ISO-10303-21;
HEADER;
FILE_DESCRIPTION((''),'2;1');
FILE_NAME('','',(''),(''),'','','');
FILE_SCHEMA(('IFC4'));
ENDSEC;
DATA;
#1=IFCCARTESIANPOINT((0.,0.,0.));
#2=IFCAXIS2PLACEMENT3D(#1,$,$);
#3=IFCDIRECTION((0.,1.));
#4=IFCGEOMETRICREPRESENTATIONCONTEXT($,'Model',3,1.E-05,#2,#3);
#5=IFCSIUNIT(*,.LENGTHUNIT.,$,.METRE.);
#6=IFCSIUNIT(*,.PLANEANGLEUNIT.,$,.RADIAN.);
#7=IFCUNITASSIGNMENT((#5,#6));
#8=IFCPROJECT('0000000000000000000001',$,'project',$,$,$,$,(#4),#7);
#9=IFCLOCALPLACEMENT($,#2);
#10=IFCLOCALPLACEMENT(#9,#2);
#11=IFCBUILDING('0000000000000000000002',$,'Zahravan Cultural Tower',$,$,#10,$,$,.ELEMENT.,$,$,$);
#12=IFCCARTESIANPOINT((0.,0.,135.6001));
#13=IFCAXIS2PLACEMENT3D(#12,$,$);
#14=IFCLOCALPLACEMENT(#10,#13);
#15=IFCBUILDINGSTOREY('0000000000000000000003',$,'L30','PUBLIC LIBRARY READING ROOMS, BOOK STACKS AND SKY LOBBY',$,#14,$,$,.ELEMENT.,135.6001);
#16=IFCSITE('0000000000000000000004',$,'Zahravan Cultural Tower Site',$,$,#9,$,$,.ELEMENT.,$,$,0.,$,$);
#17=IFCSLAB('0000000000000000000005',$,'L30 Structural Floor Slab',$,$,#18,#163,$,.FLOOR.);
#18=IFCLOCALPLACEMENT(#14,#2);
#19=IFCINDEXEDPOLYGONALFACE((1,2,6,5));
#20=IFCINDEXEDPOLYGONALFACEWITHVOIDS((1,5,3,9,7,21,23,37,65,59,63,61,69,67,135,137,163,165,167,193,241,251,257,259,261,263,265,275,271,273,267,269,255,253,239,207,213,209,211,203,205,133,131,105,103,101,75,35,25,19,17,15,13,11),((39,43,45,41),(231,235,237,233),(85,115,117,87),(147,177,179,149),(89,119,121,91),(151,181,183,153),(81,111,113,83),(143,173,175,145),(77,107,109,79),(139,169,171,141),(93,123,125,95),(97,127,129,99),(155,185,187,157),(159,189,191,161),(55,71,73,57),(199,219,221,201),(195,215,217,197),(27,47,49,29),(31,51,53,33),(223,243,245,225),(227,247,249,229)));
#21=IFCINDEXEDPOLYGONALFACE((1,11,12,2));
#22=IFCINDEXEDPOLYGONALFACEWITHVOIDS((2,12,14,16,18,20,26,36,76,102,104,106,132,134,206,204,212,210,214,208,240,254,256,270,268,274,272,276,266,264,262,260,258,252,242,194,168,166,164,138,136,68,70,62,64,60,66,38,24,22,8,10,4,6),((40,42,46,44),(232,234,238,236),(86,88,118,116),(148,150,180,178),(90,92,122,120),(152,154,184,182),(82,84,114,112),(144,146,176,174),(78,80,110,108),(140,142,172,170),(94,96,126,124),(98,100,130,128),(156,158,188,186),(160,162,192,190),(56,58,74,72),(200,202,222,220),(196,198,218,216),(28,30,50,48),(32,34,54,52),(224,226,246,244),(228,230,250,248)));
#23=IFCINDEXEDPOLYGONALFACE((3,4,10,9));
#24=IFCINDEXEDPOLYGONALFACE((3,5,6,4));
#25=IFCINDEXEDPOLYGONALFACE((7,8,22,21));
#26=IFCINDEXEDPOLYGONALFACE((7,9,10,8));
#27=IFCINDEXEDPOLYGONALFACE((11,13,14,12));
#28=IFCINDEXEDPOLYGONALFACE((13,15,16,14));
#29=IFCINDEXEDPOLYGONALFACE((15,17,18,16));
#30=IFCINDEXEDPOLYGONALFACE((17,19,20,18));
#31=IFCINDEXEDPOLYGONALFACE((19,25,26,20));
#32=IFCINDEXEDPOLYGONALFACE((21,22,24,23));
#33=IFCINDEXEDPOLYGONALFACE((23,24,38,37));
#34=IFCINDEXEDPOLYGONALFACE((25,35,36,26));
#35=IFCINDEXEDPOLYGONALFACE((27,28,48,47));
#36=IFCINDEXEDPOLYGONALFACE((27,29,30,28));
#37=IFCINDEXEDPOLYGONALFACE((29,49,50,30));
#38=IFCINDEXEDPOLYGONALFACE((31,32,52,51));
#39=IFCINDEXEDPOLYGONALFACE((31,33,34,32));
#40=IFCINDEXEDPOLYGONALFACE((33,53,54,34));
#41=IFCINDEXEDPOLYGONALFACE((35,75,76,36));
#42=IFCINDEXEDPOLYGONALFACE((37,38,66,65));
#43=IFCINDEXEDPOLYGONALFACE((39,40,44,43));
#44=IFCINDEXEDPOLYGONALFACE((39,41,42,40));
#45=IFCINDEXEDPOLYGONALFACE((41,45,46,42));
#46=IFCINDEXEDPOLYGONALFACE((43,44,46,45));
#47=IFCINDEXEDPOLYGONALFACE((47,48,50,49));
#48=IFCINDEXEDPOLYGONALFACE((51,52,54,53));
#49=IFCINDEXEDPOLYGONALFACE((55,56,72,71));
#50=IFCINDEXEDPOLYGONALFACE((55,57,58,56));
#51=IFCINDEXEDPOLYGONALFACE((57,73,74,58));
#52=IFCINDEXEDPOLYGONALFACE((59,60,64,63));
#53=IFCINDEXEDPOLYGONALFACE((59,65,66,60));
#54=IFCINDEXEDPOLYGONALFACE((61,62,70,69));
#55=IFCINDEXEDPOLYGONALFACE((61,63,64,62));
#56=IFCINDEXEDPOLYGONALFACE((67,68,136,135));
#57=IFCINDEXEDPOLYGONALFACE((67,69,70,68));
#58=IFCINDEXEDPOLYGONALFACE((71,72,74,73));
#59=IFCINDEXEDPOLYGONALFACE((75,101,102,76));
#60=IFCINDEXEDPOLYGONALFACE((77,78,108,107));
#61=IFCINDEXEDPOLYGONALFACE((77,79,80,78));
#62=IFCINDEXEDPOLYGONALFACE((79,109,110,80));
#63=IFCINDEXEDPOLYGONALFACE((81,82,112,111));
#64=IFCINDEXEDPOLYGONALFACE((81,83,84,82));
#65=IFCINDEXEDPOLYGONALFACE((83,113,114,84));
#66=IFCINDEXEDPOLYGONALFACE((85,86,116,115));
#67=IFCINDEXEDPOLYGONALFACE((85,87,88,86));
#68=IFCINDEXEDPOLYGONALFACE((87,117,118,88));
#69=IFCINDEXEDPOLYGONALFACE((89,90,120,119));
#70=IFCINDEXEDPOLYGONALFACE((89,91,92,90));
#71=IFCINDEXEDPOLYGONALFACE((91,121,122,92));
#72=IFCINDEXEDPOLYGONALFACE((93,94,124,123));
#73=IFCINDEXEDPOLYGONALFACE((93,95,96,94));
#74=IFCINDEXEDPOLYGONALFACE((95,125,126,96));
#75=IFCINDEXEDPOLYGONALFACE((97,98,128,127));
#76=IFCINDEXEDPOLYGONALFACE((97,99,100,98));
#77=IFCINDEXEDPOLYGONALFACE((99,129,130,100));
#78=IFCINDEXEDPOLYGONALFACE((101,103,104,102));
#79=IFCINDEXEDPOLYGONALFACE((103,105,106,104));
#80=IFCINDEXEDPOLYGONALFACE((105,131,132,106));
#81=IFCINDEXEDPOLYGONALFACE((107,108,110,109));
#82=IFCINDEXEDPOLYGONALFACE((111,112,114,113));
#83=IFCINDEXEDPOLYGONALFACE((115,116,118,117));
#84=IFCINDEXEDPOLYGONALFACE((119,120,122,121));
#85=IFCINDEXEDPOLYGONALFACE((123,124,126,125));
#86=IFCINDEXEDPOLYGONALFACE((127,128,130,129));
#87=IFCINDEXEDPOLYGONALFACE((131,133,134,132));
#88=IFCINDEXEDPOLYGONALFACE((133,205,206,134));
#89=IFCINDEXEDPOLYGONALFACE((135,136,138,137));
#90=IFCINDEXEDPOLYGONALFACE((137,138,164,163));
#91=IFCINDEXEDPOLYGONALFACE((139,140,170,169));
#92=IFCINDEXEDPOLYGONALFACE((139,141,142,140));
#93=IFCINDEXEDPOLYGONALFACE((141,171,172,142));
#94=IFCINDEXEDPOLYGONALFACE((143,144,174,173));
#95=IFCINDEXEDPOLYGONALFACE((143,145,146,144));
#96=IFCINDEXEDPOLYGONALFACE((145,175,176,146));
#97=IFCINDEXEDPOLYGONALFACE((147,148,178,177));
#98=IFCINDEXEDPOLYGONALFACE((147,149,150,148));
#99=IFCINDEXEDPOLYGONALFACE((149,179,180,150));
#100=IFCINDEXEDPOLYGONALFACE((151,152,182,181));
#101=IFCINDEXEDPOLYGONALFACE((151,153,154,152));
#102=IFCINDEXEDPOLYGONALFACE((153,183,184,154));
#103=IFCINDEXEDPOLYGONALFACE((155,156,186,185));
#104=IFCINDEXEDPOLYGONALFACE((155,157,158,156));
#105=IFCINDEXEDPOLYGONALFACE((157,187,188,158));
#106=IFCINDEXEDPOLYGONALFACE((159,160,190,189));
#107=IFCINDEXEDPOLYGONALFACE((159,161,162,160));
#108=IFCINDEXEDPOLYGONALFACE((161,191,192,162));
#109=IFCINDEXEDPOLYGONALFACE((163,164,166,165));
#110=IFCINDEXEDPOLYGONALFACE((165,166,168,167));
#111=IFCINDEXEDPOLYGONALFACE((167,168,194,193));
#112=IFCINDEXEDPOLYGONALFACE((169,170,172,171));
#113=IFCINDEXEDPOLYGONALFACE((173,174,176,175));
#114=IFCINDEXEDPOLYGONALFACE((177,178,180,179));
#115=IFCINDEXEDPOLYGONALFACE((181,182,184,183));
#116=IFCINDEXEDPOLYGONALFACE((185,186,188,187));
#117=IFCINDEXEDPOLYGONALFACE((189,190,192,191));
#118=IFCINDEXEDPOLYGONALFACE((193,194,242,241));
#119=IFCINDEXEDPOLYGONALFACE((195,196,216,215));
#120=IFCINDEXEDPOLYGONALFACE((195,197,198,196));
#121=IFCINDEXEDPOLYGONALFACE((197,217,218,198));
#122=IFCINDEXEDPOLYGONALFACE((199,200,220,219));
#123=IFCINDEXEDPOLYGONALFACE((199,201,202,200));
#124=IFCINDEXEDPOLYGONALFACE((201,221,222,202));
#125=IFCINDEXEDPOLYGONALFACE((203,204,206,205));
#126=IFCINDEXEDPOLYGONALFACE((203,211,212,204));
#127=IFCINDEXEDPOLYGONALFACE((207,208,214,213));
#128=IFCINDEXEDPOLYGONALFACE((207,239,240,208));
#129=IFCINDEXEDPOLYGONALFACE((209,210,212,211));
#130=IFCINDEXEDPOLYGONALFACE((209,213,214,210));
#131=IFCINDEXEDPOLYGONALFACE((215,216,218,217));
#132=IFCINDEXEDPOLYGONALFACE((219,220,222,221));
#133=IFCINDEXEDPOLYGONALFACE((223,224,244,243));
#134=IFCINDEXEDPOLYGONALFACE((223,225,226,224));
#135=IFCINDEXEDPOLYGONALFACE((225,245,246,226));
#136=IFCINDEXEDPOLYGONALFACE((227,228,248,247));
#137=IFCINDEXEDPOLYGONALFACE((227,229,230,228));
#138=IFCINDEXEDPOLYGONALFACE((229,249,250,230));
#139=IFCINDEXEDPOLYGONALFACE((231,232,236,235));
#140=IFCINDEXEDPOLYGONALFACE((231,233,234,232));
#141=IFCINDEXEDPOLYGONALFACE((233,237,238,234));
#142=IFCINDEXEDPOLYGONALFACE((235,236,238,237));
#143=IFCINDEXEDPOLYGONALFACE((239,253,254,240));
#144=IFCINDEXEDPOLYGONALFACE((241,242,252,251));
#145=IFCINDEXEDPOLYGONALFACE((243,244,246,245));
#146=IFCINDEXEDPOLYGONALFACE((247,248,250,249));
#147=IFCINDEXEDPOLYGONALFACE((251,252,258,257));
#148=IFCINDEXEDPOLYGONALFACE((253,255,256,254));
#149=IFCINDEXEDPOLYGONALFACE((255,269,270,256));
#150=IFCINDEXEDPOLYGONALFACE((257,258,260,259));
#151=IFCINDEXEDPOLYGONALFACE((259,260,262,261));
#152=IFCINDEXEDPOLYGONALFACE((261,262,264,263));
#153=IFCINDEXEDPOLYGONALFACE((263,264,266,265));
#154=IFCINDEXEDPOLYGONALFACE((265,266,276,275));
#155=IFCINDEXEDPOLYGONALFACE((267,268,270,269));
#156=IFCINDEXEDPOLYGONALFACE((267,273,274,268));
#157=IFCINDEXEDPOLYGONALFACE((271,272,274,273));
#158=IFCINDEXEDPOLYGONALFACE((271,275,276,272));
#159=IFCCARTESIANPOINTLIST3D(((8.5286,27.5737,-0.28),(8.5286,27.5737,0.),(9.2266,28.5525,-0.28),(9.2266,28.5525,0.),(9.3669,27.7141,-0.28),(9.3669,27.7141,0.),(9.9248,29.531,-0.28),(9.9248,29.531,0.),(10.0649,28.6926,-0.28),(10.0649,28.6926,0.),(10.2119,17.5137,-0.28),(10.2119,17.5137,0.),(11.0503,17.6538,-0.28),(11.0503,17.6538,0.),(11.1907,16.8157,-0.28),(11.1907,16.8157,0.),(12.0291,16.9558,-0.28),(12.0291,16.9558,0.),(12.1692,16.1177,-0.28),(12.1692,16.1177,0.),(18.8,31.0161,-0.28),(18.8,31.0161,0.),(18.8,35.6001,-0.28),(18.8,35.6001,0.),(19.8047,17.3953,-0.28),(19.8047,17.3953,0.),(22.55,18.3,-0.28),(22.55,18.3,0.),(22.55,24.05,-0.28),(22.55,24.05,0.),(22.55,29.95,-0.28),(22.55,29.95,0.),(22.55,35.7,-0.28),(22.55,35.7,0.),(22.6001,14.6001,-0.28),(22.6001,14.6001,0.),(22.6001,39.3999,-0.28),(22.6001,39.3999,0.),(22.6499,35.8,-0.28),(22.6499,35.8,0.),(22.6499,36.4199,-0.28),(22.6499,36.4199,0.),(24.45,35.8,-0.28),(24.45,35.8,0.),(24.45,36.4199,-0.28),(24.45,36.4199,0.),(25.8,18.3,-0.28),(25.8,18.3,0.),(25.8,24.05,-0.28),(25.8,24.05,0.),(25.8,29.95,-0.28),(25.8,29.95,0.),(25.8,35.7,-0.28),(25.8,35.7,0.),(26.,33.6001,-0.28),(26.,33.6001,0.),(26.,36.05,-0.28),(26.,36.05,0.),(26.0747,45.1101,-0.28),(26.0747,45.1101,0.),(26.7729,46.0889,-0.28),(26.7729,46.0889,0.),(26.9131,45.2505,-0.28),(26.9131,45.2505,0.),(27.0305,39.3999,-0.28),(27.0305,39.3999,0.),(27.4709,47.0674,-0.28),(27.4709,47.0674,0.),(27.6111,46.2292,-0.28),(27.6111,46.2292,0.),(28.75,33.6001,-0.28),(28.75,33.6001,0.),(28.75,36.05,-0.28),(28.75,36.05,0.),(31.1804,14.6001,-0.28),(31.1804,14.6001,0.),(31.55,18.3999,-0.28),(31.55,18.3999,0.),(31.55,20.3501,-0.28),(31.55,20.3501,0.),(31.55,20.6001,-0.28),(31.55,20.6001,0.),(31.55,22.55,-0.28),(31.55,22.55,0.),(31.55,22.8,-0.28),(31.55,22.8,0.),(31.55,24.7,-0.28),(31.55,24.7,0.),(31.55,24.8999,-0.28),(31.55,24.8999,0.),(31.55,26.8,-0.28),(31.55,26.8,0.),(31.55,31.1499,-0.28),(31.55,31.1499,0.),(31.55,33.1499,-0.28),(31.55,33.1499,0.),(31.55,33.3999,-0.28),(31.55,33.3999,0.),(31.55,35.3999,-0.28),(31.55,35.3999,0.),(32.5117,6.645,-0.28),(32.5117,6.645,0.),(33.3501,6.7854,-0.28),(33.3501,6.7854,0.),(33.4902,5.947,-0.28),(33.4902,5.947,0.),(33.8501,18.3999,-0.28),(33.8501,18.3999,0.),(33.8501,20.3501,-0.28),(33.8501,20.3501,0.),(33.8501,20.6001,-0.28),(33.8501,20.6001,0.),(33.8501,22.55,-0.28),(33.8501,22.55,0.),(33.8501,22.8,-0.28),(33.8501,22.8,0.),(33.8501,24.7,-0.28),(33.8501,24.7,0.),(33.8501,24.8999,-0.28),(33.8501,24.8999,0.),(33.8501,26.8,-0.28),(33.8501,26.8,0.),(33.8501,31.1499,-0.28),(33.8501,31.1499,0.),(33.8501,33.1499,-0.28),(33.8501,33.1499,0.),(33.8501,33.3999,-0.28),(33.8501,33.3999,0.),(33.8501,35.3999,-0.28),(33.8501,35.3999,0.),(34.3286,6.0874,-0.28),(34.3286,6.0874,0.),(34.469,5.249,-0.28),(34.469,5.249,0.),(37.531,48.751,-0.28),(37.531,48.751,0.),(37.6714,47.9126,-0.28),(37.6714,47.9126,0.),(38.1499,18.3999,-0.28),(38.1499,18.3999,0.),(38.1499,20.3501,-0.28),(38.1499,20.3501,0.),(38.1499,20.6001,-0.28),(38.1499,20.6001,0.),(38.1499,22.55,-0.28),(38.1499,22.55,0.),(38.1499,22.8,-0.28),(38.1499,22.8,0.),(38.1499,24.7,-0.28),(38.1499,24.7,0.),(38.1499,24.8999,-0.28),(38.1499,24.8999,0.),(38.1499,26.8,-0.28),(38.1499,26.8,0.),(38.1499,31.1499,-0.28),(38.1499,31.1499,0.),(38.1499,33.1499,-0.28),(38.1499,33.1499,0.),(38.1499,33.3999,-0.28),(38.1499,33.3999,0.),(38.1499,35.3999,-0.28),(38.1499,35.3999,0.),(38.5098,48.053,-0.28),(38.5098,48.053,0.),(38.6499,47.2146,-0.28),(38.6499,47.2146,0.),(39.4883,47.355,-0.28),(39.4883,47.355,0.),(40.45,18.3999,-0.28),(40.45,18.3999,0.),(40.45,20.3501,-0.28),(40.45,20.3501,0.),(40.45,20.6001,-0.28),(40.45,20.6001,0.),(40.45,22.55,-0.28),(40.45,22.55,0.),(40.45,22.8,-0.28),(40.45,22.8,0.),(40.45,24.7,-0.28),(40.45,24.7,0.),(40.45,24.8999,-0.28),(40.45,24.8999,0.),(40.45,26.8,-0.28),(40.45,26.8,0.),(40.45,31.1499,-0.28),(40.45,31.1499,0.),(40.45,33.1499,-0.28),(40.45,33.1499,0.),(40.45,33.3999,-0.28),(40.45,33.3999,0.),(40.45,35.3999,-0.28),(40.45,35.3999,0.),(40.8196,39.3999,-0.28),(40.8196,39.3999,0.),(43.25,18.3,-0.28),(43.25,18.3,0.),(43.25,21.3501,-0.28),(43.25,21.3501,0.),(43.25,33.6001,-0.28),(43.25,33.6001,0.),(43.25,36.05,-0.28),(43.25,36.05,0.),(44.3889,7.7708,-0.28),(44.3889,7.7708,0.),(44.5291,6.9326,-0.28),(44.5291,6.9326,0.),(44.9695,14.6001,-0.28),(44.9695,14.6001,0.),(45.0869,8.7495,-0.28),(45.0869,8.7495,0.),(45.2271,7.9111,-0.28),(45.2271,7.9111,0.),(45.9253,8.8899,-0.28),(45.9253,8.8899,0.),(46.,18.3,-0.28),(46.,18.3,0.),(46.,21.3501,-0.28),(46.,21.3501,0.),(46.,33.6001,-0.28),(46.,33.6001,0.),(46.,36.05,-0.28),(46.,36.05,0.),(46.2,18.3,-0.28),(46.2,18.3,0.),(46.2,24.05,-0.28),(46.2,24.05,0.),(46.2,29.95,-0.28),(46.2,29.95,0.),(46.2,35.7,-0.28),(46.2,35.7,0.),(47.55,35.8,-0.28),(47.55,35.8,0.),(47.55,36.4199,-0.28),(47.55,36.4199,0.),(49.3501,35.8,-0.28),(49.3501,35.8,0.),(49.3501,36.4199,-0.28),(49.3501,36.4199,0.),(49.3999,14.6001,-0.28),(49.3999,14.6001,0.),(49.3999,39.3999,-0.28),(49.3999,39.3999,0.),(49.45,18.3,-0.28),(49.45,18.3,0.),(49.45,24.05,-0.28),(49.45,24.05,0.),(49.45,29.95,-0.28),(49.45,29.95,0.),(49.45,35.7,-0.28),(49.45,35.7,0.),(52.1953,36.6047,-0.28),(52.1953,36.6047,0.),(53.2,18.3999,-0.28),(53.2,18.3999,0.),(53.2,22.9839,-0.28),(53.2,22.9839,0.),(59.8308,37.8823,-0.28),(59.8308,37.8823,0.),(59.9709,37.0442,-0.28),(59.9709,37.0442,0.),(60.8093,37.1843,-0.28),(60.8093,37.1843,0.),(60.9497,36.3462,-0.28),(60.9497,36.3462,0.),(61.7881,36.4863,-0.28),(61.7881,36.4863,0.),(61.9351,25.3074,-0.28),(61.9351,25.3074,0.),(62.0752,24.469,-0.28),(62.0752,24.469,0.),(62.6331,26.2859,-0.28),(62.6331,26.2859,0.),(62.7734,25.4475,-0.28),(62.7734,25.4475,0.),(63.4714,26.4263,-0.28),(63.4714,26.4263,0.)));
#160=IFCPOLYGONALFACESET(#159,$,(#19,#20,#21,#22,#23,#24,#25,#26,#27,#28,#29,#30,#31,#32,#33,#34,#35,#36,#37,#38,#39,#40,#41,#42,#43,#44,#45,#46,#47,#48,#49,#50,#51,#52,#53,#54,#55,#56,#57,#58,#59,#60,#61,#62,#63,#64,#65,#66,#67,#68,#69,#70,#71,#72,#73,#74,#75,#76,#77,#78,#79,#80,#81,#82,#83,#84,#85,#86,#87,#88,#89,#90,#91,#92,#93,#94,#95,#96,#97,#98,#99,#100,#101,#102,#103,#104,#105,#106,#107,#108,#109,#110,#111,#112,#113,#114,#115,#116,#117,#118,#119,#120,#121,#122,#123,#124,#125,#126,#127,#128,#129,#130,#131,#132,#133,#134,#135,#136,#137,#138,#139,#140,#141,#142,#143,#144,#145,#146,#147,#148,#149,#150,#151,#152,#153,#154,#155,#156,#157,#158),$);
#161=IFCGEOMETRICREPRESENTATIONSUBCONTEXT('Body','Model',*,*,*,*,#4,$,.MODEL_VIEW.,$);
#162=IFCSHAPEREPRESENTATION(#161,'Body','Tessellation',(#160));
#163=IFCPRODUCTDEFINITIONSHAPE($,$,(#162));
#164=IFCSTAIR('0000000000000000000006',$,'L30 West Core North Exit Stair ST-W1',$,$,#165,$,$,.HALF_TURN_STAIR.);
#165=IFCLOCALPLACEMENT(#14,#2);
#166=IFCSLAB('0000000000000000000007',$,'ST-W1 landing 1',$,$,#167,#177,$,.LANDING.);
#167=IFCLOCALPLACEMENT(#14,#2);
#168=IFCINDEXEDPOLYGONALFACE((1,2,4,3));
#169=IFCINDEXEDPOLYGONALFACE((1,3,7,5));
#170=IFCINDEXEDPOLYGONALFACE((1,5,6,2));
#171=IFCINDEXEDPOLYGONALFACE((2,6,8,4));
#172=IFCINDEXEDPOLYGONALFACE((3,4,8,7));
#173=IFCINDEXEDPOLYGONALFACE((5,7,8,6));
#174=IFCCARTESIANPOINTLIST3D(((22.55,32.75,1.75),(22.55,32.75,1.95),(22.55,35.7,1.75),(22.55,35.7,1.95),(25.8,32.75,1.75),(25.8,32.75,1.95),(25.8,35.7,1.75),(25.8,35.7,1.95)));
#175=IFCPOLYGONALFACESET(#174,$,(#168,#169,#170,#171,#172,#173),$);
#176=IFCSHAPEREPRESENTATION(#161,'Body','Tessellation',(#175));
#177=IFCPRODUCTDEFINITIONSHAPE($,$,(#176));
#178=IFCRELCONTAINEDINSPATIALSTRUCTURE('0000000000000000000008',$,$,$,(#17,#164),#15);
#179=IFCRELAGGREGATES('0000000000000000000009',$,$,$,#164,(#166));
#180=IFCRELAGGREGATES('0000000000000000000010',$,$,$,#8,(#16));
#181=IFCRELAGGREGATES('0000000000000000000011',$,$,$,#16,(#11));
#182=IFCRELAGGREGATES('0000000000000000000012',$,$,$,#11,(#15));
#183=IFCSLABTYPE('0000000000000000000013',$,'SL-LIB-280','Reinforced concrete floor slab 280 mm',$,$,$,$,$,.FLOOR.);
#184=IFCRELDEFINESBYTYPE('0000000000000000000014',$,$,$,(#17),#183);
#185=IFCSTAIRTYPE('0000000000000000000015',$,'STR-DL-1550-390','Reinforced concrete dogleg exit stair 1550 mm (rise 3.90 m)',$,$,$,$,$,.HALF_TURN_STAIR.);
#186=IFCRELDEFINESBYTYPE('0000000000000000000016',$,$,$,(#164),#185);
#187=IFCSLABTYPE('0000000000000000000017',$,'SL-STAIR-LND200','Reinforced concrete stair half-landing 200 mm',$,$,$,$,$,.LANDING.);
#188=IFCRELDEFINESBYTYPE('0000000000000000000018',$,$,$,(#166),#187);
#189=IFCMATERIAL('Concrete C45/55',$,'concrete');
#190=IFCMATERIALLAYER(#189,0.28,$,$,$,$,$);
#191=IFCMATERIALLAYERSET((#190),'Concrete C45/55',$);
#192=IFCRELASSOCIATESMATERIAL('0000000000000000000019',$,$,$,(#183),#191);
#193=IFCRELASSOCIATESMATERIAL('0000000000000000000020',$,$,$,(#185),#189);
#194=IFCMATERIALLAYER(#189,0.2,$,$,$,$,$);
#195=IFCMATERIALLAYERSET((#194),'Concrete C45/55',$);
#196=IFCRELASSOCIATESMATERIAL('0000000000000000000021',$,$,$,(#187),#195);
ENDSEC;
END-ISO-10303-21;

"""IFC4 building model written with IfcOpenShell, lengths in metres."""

from ifc_helpers import new_model, si_unit, direction, frame, origin, place, context, subcontext, project, spatial, polyline, outline, extrude, material, layer, layer_set, type_object, element, aggregate, save


model = new_model("IFC4")

# Units and contexts
model_context = context("Model", 3, precision=1e-05, world=origin(), true_north=direction((0.0, 1.0)))
body_context = subcontext(model_context, "Body", "Model", "MODEL_VIEW")
ifc_project = project(units=[si_unit("LENGTHUNIT", "METRE"), si_unit("PLANEANGLEUNIT", "RADIAN")], contexts=[model_context])

# Site, building, storey
site_placement = place(None, origin())
site = spatial("IfcSite", under=ifc_project, at=site_placement, Name="Zahravan Cultural Tower Site", CompositionType="ELEMENT", RefElevation=0.0)
building_placement = place(site_placement, origin())
building = spatial("IfcBuilding", under=site, at=building_placement, Name="Zahravan Cultural Tower", CompositionType="ELEMENT")
storey_placement = place(building_placement, frame((0.0, 0.0, 135.6001)))
storey = spatial("IfcBuildingStorey", under=building, at=storey_placement, Name="L30", Description="PUBLIC LIBRARY READING ROOMS, BOOK STACKS AND SKY LOBBY", CompositionType="ELEMENT", Elevation=135.6001)

# Slab
ifc_material_1 = material(Name="Concrete C45/55", Category="concrete")
ifc_layer_1 = layer(ifc_material_1, 0.28)
ifc_layer_set_1 = layer_set([ifc_layer_1], Name="Concrete C45/55")
slab_type_1 = type_object("IfcSlabType", Name="SL-LIB-280", Description="Reinforced concrete floor slab 280 mm", PredefinedType="FLOOR", material=ifc_layer_set_1)
slab_1_placement = place(storey_placement, frame((0.0, 0.0, -0.28)))
element("IfcSlab", 1, at=slab_1_placement, inside=storey, type_object=slab_type_1, Name="L30 Structural Floor Slab", PredefinedType="FLOOR", context=body_context, shape_type="SweptSolid", body=[
    extrude(outline(polyline([(52.1953, 36.6047), (49.3999, 39.3999), (40.8196, 39.3999), (39.4883, 47.355), (38.6499, 47.2146), (38.5098, 48.053), (37.6714, 47.9126), (37.531, 48.751), (27.4709, 47.0674), (27.6111, 46.2292), (26.7729, 46.0889), (26.9131, 45.2505), (26.0747, 45.1101), (27.0305, 39.3999), (22.6001, 39.3999), (18.8, 35.6001), (18.8, 31.0161), (9.9248, 29.531), (10.0649, 28.6926), (9.2266, 28.5525), (9.3669, 27.7141), (8.5286, 27.5737), (10.2119, 17.5137), (11.0503, 17.6538), (11.1907, 16.8157), (12.0291, 16.9558), (12.1692, 16.1177), (19.8047, 17.3953), (22.6001, 14.6001), (31.1804, 14.6001), (32.5117, 6.645), (33.3501, 6.7854), (33.4902, 5.947), (34.3286, 6.0874), (34.469, 5.249), (44.5291, 6.9326), (44.3889, 7.7708), (45.2271, 7.9111), (45.0869, 8.7495), (45.9253, 8.8899), (44.9695, 14.6001), (49.3999, 14.6001), (53.2, 18.3999), (53.2, 22.9839), (62.0752, 24.469), (61.9351, 25.3074), (62.7734, 25.4475), (62.6331, 26.2859), (63.4714, 26.4263), (61.7881, 36.4863), (60.9497, 36.3462), (60.8093, 37.1843), (59.9709, 37.0442), (59.8308, 37.8823), (52.1953, 36.6047)]), holes=[polyline([(22.55, 29.95), (22.55, 35.7), (25.8, 35.7), (25.8, 29.95), (22.55, 29.95)]), polyline([(22.55, 18.3), (22.55, 24.05), (25.8, 24.05), (25.8, 18.3), (22.55, 18.3)]), polyline([(46.2, 29.95), (46.2, 35.7), (49.45, 35.7), (49.45, 29.95), (46.2, 29.95)]), polyline([(46.2, 18.3), (46.2, 24.05), (49.45, 24.05), (49.45, 18.3), (46.2, 18.3)]), polyline([(26.0, 33.6001), (26.0, 36.05), (28.75, 36.05), (28.75, 33.6001), (26.0, 33.6001)]), polyline([(43.25, 33.6001), (43.25, 36.05), (46.0, 36.05), (46.0, 33.6001), (43.25, 33.6001)]), polyline([(43.25, 18.3), (43.25, 21.3501), (46.0, 21.3501), (46.0, 18.3), (43.25, 18.3)]), polyline([(31.55, 33.3999), (31.55, 35.3999), (33.8501, 35.3999), (33.8501, 33.3999), (31.55, 33.3999)]), polyline([(31.55, 31.1499), (31.55, 33.1499), (33.8501, 33.1499), (33.8501, 31.1499), (31.55, 31.1499)]), polyline([(38.1499, 33.3999), (38.1499, 35.3999), (40.45, 35.3999), (40.45, 33.3999), (38.1499, 33.3999)]), polyline([(38.1499, 31.1499), (38.1499, 33.1499), (40.45, 33.1499), (40.45, 31.1499), (38.1499, 31.1499)]), polyline([(31.55, 20.6001), (31.55, 22.55), (33.8501, 22.55), (33.8501, 20.6001), (31.55, 20.6001)]), polyline([(31.55, 18.3999), (31.55, 20.3501), (33.8501, 20.3501), (33.8501, 18.3999), (31.55, 18.3999)]), polyline([(38.1499, 20.6001), (38.1499, 22.55), (40.45, 22.55), (40.45, 20.6001), (38.1499, 20.6001)]), polyline([(38.1499, 18.3999), (38.1499, 20.3501), (40.45, 20.3501), (40.45, 18.3999), (38.1499, 18.3999)]), polyline([(31.55, 24.8999), (31.55, 26.8), (33.8501, 26.8), (33.8501, 24.8999), (31.55, 24.8999)]), polyline([(31.55, 22.8), (31.55, 24.7), (33.8501, 24.7), (33.8501, 22.8), (31.55, 22.8)]), polyline([(38.1499, 24.8999), (38.1499, 26.8), (40.45, 26.8), (40.45, 24.8999), (38.1499, 24.8999)]), polyline([(38.1499, 22.8), (38.1499, 24.7), (40.45, 24.7), (40.45, 22.8), (38.1499, 22.8)]), polyline([(22.6499, 35.8), (22.6499, 36.4199), (24.45, 36.4199), (24.45, 35.8), (22.6499, 35.8)]), polyline([(47.55, 35.8), (47.55, 36.4199), (49.3501, 36.4199), (49.3501, 35.8), (47.55, 35.8)])]), origin(), (0.0, 0.0, 1.0), 0.28),
])

# Stair, slab
stair_type = type_object("IfcStairType", Name="STR-DL-1550-390", Description="Reinforced concrete dogleg exit stair 1550 mm (rise 3.90 m)", PredefinedType="HALF_TURN_STAIR", material=ifc_material_1)
stair_1_placement = place(storey_placement, origin())
stair_1 = element("IfcStair", 2, at=stair_1_placement, inside=storey, type_object=stair_type, Name="L30 West Core North Exit Stair ST-W1", PredefinedType="HALF_TURN_STAIR")
ifc_layer_2 = layer(ifc_material_1, 0.2)
ifc_layer_set_2 = layer_set([ifc_layer_2], Name="Concrete C45/55")
slab_type_2 = type_object("IfcSlabType", Name="SL-STAIR-LND200", Description="Reinforced concrete stair half-landing 200 mm", PredefinedType="LANDING", material=ifc_layer_set_2)
slab_2_placement = place(storey_placement, frame((0.0, 0.0, 1.75)))
slab_2 = element("IfcSlab", 3, at=slab_2_placement, type_object=slab_type_2, Name="ST-W1 landing 1", PredefinedType="LANDING", context=body_context, shape_type="SweptSolid", body=[
    extrude(outline(polyline([(25.8, 32.75), (25.8, 35.7), (22.55, 35.7), (22.55, 32.75), (25.8, 32.75)])), origin(), (0.0, 0.0, 1.0), 0.2),
])
aggregate(stair_1, [slab_2])

save(model, "model.ifc")
